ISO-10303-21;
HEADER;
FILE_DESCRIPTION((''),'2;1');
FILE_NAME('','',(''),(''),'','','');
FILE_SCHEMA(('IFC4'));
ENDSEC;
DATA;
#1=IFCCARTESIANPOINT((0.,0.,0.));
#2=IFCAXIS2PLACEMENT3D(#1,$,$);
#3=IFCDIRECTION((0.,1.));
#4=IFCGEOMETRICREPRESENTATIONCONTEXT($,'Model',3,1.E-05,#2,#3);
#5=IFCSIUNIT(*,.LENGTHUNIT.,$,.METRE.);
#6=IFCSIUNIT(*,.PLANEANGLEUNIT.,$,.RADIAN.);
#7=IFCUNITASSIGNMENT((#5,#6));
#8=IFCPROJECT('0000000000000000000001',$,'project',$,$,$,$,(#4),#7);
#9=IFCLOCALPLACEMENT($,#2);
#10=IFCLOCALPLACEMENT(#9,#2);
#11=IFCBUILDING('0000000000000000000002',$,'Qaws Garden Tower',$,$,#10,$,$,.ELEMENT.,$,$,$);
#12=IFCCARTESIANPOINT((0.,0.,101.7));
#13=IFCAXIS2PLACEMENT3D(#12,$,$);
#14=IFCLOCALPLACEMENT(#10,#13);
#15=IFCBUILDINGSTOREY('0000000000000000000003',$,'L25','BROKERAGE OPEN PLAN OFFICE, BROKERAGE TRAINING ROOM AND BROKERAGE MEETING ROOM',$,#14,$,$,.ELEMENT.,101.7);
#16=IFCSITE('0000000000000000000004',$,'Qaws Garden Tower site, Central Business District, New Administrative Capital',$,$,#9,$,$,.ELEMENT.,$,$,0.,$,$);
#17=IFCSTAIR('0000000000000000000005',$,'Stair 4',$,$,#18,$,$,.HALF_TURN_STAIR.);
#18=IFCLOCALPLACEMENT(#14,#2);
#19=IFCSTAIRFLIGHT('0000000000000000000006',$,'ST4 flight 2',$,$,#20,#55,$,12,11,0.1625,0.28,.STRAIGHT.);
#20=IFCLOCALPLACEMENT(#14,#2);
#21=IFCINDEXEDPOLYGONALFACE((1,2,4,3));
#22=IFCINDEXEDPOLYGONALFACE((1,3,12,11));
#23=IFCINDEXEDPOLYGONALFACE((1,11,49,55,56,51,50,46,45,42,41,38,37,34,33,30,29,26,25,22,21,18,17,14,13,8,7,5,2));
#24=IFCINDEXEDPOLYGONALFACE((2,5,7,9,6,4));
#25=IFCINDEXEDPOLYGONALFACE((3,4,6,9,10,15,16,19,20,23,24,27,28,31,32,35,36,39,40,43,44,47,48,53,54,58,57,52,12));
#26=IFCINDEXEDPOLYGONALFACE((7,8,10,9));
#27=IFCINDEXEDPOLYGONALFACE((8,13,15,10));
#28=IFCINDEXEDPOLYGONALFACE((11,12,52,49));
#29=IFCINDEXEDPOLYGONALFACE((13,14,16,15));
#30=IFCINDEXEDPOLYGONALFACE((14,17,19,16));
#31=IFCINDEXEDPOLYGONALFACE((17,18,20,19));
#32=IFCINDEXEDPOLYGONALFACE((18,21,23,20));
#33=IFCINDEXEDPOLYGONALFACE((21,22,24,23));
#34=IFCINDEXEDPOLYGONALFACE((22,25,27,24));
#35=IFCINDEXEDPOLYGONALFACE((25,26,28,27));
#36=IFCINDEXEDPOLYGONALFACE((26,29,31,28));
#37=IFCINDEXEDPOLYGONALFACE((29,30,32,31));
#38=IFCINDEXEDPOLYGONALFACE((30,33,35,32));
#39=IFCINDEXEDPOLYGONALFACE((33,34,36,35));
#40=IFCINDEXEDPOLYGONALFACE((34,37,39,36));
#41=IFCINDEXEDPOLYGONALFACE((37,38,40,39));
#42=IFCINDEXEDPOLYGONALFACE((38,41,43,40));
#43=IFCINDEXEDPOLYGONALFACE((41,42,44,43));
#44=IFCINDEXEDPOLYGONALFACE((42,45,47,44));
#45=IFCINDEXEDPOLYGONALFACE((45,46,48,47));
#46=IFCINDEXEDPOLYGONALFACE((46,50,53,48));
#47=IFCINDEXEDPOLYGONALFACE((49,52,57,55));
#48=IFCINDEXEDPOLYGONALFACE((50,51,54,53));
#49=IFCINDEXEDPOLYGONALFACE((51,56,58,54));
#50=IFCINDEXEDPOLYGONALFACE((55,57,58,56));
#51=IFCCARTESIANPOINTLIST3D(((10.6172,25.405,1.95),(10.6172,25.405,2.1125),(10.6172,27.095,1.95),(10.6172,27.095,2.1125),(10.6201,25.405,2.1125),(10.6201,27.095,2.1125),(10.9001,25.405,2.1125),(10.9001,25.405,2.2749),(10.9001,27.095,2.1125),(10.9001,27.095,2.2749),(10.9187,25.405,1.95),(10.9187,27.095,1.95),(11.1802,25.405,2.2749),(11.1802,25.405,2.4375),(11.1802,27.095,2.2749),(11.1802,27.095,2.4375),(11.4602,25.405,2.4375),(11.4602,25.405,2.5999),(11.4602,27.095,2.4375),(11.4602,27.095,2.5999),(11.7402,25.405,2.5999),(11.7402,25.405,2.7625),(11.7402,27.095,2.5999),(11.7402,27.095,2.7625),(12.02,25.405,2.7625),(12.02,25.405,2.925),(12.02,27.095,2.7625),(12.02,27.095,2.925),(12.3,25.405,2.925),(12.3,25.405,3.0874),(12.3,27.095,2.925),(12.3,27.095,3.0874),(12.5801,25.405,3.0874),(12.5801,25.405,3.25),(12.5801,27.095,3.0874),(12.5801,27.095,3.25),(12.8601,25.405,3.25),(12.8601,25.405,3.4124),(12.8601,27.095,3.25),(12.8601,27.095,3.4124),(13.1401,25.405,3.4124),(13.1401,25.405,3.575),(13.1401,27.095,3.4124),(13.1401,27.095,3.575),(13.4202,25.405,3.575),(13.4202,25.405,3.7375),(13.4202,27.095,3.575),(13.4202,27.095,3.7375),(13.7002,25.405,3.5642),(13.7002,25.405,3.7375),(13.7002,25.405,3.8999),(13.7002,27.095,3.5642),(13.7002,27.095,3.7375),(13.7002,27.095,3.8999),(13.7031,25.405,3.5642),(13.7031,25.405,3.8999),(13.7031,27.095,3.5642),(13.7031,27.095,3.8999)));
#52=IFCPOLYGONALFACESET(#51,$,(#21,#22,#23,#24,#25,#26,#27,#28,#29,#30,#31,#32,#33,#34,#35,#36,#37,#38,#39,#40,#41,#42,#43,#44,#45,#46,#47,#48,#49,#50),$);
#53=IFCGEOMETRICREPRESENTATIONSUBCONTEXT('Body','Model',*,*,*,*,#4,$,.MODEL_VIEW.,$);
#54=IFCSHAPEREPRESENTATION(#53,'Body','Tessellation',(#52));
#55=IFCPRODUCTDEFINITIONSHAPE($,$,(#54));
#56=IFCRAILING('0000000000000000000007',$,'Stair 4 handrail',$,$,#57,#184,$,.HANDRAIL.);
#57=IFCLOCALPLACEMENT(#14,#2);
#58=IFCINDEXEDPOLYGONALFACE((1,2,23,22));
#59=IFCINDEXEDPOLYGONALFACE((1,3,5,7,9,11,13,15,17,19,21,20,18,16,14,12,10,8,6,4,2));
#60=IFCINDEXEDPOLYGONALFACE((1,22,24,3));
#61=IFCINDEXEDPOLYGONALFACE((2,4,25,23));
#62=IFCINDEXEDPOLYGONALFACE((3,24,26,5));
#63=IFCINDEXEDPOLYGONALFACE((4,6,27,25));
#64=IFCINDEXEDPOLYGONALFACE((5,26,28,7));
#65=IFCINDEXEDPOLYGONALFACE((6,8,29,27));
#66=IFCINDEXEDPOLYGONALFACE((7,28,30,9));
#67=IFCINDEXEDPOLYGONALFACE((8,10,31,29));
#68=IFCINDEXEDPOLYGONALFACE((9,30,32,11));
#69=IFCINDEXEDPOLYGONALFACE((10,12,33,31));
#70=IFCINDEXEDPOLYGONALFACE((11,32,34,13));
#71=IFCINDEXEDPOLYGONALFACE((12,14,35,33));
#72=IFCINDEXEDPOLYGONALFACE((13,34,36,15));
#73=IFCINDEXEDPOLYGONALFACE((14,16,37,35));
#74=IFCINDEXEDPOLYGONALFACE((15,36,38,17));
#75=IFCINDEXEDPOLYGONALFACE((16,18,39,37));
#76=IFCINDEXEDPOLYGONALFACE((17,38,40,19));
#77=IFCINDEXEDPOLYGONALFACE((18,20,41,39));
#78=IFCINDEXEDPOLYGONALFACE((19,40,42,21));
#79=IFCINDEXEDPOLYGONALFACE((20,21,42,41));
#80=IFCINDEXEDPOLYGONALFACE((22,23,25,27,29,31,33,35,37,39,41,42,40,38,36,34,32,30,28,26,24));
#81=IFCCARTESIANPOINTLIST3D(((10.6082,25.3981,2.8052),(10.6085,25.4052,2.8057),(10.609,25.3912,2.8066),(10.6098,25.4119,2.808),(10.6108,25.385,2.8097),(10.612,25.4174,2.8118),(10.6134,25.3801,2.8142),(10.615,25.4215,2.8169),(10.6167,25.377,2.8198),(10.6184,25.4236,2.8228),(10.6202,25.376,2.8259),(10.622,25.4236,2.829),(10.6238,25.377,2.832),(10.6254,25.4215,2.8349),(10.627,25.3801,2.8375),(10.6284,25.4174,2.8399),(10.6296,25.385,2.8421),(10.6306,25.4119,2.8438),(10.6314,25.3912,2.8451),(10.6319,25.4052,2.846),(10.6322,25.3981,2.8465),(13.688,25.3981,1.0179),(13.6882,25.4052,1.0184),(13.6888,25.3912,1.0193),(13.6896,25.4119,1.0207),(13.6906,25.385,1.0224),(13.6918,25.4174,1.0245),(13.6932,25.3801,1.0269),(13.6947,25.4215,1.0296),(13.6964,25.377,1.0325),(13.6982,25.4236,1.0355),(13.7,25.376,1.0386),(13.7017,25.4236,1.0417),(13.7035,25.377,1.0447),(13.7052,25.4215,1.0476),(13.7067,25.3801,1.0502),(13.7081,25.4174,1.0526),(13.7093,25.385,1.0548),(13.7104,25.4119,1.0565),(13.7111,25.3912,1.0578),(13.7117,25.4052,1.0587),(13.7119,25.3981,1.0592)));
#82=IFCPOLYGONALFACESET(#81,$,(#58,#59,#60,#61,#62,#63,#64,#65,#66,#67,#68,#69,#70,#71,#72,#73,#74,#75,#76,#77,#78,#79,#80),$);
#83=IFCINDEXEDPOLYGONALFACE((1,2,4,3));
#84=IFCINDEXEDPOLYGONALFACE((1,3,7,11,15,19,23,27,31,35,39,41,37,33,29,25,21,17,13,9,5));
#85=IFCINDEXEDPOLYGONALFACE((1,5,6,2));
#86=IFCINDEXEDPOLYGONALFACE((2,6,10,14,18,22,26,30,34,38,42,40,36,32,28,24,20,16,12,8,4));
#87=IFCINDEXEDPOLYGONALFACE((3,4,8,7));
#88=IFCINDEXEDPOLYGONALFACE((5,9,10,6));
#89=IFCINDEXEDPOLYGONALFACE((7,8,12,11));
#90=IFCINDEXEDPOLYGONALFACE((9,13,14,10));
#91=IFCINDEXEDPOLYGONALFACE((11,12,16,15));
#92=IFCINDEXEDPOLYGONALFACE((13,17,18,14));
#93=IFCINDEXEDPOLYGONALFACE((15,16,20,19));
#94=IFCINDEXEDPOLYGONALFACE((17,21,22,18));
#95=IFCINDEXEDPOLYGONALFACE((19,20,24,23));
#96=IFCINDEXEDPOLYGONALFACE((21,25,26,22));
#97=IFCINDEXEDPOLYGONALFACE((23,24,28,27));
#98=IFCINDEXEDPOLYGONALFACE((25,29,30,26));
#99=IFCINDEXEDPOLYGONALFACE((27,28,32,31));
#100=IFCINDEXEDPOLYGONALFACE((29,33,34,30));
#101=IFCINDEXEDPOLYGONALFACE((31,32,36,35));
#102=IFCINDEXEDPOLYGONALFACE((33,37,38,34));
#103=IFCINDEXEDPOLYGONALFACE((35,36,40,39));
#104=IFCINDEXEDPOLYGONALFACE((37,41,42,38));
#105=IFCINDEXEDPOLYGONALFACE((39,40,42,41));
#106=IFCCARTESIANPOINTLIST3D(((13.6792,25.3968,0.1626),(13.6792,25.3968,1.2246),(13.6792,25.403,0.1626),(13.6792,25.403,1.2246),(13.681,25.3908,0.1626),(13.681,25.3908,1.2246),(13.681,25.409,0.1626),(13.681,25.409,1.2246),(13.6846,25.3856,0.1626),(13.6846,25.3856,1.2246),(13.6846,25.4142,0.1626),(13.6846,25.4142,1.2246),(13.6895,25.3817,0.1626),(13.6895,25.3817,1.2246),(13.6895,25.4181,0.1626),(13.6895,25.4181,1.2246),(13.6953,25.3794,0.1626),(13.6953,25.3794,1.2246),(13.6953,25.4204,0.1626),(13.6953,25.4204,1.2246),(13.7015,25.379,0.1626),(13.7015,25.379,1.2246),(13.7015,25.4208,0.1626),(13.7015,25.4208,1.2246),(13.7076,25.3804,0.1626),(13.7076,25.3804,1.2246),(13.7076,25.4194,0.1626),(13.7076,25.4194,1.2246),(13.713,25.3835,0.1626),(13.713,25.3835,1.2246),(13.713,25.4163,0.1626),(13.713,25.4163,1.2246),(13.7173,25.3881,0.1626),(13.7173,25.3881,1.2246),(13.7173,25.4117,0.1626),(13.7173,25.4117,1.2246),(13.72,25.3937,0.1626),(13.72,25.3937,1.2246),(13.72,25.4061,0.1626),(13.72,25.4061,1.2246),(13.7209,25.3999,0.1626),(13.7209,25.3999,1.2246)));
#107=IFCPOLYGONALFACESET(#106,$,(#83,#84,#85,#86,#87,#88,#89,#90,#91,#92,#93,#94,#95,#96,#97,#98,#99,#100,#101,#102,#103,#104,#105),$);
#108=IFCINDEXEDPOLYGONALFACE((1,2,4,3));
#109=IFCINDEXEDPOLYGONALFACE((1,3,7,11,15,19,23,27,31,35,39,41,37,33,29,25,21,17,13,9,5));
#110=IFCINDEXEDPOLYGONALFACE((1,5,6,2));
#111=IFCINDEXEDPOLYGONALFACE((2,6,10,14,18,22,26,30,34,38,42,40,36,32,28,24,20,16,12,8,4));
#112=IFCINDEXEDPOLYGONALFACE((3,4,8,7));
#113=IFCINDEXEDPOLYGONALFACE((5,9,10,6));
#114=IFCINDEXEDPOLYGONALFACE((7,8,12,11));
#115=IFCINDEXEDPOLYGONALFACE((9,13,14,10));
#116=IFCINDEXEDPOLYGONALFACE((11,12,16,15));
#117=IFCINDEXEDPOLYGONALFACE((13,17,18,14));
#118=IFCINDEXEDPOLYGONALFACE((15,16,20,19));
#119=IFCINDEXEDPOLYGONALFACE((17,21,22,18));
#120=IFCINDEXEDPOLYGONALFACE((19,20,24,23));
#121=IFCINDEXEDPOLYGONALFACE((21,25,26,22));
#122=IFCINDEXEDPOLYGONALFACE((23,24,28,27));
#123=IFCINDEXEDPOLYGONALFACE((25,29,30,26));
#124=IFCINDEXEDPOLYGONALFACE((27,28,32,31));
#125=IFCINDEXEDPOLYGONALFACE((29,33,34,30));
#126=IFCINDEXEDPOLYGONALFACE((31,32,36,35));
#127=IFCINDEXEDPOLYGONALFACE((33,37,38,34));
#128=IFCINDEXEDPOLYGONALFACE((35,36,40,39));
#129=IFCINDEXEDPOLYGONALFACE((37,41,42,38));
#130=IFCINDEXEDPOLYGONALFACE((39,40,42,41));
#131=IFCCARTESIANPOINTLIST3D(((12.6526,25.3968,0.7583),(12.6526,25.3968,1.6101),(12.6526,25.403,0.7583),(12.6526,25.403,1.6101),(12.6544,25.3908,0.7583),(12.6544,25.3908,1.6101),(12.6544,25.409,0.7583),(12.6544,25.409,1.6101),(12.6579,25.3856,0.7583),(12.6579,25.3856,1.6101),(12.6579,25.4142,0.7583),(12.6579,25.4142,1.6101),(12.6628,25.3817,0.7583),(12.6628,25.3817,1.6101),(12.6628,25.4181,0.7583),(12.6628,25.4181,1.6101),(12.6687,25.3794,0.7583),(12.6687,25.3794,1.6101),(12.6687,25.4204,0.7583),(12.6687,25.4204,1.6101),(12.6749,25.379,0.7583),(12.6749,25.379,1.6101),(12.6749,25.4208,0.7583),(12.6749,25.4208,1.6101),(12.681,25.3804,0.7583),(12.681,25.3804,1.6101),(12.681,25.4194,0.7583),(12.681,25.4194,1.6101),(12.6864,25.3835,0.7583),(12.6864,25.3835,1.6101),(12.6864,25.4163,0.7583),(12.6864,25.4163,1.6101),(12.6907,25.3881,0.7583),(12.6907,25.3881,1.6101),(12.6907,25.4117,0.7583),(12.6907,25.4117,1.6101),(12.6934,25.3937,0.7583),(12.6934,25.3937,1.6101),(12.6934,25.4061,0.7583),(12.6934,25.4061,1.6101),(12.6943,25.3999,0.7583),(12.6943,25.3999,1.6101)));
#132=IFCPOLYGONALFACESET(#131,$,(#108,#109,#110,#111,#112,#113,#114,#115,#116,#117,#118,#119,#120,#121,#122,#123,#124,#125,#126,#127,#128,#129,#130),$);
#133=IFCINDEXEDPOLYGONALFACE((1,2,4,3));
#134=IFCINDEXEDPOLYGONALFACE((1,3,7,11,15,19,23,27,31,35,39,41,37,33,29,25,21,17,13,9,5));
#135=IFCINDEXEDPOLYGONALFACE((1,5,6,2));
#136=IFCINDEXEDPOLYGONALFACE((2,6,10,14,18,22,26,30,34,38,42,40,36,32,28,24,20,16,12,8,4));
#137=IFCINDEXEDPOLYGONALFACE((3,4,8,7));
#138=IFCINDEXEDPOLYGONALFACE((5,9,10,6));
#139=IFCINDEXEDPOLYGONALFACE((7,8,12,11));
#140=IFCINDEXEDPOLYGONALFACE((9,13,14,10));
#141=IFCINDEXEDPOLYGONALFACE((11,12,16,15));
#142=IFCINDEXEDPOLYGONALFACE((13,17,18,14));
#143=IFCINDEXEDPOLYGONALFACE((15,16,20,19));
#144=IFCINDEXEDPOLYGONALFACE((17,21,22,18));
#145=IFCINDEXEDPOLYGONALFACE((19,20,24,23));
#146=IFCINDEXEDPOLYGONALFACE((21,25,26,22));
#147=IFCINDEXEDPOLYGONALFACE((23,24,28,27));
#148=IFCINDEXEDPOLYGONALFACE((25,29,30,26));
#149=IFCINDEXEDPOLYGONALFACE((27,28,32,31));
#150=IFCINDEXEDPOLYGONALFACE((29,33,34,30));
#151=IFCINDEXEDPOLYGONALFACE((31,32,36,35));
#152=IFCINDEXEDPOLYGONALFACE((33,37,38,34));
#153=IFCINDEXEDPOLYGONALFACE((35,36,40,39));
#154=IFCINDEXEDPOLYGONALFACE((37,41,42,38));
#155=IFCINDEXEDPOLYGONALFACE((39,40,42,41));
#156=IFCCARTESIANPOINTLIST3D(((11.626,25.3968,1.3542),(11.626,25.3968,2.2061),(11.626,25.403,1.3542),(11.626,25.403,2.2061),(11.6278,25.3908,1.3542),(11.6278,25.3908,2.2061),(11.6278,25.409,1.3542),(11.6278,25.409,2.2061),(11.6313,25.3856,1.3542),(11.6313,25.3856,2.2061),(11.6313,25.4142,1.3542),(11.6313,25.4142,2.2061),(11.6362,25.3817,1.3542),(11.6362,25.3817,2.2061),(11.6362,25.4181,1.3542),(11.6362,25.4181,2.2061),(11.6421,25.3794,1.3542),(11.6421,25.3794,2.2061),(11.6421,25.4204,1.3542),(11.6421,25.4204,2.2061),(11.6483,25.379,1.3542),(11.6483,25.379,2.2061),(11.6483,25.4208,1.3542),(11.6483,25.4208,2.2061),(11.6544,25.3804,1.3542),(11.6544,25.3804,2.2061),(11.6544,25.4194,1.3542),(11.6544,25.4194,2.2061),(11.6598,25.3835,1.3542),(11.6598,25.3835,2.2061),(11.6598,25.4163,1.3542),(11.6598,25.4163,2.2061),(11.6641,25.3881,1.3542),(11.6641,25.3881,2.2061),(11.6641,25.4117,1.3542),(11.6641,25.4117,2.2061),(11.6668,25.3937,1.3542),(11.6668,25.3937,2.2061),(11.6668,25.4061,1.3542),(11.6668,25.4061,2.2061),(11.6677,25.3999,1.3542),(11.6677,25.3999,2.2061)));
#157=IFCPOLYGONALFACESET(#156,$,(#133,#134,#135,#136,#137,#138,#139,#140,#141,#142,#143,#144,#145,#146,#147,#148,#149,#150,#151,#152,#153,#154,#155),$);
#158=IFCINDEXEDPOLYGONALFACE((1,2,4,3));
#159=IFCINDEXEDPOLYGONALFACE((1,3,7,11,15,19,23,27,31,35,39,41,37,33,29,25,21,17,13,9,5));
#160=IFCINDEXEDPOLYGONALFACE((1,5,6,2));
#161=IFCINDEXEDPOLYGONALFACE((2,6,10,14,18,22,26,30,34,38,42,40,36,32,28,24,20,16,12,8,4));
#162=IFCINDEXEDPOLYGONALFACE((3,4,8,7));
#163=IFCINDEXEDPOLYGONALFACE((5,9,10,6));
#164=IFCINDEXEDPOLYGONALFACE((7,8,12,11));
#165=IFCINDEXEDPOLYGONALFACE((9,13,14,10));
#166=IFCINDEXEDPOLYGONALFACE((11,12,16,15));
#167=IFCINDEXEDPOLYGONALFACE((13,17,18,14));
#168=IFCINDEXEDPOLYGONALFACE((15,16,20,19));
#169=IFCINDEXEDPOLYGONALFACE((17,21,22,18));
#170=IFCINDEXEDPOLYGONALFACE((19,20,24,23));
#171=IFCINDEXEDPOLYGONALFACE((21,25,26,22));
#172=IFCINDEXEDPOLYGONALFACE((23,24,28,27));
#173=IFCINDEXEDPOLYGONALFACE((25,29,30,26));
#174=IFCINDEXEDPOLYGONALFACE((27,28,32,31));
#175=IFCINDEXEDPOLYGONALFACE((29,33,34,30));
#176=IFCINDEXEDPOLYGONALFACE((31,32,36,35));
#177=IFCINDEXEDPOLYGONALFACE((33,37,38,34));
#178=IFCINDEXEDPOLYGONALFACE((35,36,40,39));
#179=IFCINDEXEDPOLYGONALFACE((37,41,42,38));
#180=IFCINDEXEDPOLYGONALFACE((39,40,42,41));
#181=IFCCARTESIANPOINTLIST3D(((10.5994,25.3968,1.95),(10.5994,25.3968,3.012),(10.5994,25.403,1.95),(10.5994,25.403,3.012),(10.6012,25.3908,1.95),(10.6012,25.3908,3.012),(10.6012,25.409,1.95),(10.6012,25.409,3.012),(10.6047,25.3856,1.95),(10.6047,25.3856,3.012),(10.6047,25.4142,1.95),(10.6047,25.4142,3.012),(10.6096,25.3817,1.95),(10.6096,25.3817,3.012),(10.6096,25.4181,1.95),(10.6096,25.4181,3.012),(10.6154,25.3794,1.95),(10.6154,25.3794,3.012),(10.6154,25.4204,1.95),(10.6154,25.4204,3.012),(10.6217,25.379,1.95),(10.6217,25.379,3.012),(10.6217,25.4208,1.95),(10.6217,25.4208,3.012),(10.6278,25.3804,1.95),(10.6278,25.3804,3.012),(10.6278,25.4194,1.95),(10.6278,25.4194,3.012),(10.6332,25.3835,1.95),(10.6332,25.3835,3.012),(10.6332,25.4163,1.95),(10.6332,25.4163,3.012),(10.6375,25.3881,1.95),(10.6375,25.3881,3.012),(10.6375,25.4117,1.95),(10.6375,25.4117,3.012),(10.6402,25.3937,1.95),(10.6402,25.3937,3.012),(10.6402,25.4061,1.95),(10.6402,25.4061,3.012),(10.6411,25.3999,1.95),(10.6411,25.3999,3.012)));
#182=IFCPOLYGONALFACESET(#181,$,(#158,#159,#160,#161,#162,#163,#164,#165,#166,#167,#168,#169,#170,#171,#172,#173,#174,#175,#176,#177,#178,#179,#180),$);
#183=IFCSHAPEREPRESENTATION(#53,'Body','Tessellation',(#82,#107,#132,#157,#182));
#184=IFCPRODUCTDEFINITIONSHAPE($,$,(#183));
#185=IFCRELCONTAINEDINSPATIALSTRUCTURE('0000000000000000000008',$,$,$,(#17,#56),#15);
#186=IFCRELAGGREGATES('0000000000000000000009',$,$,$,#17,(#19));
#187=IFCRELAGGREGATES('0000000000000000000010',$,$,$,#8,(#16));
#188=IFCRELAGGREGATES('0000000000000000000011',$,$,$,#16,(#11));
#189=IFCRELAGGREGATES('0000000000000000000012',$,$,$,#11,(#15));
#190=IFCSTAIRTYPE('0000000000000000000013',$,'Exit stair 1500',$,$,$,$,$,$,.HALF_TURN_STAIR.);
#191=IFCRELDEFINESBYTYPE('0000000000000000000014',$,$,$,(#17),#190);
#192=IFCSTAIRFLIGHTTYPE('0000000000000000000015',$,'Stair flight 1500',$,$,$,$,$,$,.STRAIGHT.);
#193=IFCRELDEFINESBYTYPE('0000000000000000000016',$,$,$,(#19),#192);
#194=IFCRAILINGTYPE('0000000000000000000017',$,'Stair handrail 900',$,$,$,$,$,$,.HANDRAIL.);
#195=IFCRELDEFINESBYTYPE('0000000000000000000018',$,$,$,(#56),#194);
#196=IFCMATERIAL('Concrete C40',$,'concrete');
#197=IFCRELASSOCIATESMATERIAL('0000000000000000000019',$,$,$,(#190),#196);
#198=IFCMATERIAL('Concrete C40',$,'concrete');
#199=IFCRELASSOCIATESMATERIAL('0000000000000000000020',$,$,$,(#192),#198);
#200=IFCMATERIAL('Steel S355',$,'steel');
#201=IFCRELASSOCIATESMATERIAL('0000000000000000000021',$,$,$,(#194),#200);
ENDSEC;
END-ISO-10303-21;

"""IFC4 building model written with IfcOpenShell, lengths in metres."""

from ifc_helpers import new_model, si_unit, direction, frame, origin, origin_2d, place, context, subcontext, project, spatial, polyline, circle, outline, extrude, material, type_object, element, aggregate, save


model = new_model("IFC4")

# Units and contexts
model_context = context("Model", 3, precision=1e-05, world=origin(), true_north=direction((0.0, 1.0)))
body_context = subcontext(model_context, "Body", "Model", "MODEL_VIEW")
ifc_project = project(units=[si_unit("LENGTHUNIT", "METRE"), si_unit("PLANEANGLEUNIT", "RADIAN")], contexts=[model_context])

# Site, building, storey
site_placement = place(None, origin())
site = spatial("IfcSite", under=ifc_project, at=site_placement, Name="Qaws Garden Tower site, Central Business District, New Administrative Capital", CompositionType="ELEMENT", RefElevation=0.0)
building_placement = place(site_placement, origin())
building = spatial("IfcBuilding", under=site, at=building_placement, Name="Qaws Garden Tower", CompositionType="ELEMENT")
storey_placement = place(building_placement, frame((0.0, 0.0, 101.7)))
storey = spatial("IfcBuildingStorey", under=building, at=storey_placement, Name="L25", Description="BROKERAGE OPEN PLAN OFFICE, BROKERAGE TRAINING ROOM AND BROKERAGE MEETING ROOM", CompositionType="ELEMENT", Elevation=101.7)

# Stair, stair flight
ifc_material_1 = material(Name="Concrete C40", Category="concrete")
stair_type = type_object("IfcStairType", Name="Exit stair 1500", PredefinedType="HALF_TURN_STAIR", material=ifc_material_1)
stair_placement = place(storey_placement, origin())
stair = element("IfcStair", 1, at=stair_placement, inside=storey, type_object=stair_type, Name="Stair 4", PredefinedType="HALF_TURN_STAIR")
ifc_material_2 = material(Name="Concrete C40", Category="concrete")
stair_flight_type = type_object("IfcStairFlightType", Name="Stair flight 1500", PredefinedType="STRAIGHT", material=ifc_material_2)
stair_flight_1_placement = place(storey_placement, frame((10.6201, 26.25, 1.95), z_axis=(0.0, 0.0, 1.0), x_axis=(1.0, 0.0, 0.0)))
stair_flight_1 = element("IfcStairFlight", 2, at=stair_flight_1_placement, type_object=stair_flight_type, Name="ST4 flight 2", NumberOfRisers=12, NumberOfTreads=11, PredefinedType="STRAIGHT", RiserHeight=0.1625, TreadLength=0.28, context=body_context, shape_type="SweptSolid", body=[
    extrude(outline(polyline([(-0.0029, 0.0), (-0.0029, 0.1626), (0.0, 0.1626), (0.28, 0.1626), (0.28, 0.325), (0.5601, 0.325), (0.5601, 0.4875), (0.8401, 0.4875), (0.8401, 0.6499), (1.1201, 0.6499), (1.1201, 0.8125), (1.3999, 0.8125), (1.3999, 0.9751), (1.6799, 0.9751), (1.6799, 1.1375), (1.96, 1.1375), (1.96, 1.3), (2.24, 1.3), (2.24, 1.4624), (2.52, 1.4624), (2.52, 1.625), (2.8, 1.625), (2.8, 1.7876), (3.0801, 1.7876), (3.0801, 1.95), (3.083, 1.95), (3.083, 1.6143), (3.0801, 1.6143), (0.2986, 0.0), (-0.0029, 0.0)])), frame((0.0, 0.845, 0.0), z_axis=(0.0, -1.0, 0.0), x_axis=(1.0, 0.0, 0.0)), (0.0, 0.0, 1.0), 1.6899),
])
aggregate(stair, [stair_flight_1])

# Railing
ifc_material_3 = material(Name="Steel S355", Category="steel")
railing_type = type_object("IfcRailingType", Name="Stair handrail 900", PredefinedType="HANDRAIL", material=ifc_material_3)
railing_1_placement = place(storey_placement, frame((13.7, 25.3999, 0.1626)))
element("IfcRailing", 3, at=railing_1_placement, inside=storey, type_object=railing_type, Name="Stair 4 handrail", PredefinedType="HANDRAIL", context=body_context, shape_type="SweptSolid", body=[
    extrude(circle(Radius=0.0239, at=origin_2d()), frame((0.0, 0.0, 0.876), z_axis=(-0.864903, 0.0, 0.501939), x_axis=(0.0, -1.0, 0.0)), (0.0, 0.0, 1.0), 3.5608),
    extrude(circle(Radius=0.021, at=origin_2d()), origin(), (0.0, 0.0, 1.0), 1.062),
    extrude(circle(Radius=0.021, at=origin_2d()), frame((-1.0266, 0.0, 0.5957)), (0.0, 0.0, 1.0), 0.8518),
    extrude(circle(Radius=0.021, at=origin_2d()), frame((-2.0532, 0.0, 1.1917)), (0.0, 0.0, 1.0), 0.8518),
    extrude(circle(Radius=0.021, at=origin_2d()), frame((-3.0798, 0.0, 1.7874)), (0.0, 0.0, 1.0), 1.062),
])

save(model, "model.ifc")
